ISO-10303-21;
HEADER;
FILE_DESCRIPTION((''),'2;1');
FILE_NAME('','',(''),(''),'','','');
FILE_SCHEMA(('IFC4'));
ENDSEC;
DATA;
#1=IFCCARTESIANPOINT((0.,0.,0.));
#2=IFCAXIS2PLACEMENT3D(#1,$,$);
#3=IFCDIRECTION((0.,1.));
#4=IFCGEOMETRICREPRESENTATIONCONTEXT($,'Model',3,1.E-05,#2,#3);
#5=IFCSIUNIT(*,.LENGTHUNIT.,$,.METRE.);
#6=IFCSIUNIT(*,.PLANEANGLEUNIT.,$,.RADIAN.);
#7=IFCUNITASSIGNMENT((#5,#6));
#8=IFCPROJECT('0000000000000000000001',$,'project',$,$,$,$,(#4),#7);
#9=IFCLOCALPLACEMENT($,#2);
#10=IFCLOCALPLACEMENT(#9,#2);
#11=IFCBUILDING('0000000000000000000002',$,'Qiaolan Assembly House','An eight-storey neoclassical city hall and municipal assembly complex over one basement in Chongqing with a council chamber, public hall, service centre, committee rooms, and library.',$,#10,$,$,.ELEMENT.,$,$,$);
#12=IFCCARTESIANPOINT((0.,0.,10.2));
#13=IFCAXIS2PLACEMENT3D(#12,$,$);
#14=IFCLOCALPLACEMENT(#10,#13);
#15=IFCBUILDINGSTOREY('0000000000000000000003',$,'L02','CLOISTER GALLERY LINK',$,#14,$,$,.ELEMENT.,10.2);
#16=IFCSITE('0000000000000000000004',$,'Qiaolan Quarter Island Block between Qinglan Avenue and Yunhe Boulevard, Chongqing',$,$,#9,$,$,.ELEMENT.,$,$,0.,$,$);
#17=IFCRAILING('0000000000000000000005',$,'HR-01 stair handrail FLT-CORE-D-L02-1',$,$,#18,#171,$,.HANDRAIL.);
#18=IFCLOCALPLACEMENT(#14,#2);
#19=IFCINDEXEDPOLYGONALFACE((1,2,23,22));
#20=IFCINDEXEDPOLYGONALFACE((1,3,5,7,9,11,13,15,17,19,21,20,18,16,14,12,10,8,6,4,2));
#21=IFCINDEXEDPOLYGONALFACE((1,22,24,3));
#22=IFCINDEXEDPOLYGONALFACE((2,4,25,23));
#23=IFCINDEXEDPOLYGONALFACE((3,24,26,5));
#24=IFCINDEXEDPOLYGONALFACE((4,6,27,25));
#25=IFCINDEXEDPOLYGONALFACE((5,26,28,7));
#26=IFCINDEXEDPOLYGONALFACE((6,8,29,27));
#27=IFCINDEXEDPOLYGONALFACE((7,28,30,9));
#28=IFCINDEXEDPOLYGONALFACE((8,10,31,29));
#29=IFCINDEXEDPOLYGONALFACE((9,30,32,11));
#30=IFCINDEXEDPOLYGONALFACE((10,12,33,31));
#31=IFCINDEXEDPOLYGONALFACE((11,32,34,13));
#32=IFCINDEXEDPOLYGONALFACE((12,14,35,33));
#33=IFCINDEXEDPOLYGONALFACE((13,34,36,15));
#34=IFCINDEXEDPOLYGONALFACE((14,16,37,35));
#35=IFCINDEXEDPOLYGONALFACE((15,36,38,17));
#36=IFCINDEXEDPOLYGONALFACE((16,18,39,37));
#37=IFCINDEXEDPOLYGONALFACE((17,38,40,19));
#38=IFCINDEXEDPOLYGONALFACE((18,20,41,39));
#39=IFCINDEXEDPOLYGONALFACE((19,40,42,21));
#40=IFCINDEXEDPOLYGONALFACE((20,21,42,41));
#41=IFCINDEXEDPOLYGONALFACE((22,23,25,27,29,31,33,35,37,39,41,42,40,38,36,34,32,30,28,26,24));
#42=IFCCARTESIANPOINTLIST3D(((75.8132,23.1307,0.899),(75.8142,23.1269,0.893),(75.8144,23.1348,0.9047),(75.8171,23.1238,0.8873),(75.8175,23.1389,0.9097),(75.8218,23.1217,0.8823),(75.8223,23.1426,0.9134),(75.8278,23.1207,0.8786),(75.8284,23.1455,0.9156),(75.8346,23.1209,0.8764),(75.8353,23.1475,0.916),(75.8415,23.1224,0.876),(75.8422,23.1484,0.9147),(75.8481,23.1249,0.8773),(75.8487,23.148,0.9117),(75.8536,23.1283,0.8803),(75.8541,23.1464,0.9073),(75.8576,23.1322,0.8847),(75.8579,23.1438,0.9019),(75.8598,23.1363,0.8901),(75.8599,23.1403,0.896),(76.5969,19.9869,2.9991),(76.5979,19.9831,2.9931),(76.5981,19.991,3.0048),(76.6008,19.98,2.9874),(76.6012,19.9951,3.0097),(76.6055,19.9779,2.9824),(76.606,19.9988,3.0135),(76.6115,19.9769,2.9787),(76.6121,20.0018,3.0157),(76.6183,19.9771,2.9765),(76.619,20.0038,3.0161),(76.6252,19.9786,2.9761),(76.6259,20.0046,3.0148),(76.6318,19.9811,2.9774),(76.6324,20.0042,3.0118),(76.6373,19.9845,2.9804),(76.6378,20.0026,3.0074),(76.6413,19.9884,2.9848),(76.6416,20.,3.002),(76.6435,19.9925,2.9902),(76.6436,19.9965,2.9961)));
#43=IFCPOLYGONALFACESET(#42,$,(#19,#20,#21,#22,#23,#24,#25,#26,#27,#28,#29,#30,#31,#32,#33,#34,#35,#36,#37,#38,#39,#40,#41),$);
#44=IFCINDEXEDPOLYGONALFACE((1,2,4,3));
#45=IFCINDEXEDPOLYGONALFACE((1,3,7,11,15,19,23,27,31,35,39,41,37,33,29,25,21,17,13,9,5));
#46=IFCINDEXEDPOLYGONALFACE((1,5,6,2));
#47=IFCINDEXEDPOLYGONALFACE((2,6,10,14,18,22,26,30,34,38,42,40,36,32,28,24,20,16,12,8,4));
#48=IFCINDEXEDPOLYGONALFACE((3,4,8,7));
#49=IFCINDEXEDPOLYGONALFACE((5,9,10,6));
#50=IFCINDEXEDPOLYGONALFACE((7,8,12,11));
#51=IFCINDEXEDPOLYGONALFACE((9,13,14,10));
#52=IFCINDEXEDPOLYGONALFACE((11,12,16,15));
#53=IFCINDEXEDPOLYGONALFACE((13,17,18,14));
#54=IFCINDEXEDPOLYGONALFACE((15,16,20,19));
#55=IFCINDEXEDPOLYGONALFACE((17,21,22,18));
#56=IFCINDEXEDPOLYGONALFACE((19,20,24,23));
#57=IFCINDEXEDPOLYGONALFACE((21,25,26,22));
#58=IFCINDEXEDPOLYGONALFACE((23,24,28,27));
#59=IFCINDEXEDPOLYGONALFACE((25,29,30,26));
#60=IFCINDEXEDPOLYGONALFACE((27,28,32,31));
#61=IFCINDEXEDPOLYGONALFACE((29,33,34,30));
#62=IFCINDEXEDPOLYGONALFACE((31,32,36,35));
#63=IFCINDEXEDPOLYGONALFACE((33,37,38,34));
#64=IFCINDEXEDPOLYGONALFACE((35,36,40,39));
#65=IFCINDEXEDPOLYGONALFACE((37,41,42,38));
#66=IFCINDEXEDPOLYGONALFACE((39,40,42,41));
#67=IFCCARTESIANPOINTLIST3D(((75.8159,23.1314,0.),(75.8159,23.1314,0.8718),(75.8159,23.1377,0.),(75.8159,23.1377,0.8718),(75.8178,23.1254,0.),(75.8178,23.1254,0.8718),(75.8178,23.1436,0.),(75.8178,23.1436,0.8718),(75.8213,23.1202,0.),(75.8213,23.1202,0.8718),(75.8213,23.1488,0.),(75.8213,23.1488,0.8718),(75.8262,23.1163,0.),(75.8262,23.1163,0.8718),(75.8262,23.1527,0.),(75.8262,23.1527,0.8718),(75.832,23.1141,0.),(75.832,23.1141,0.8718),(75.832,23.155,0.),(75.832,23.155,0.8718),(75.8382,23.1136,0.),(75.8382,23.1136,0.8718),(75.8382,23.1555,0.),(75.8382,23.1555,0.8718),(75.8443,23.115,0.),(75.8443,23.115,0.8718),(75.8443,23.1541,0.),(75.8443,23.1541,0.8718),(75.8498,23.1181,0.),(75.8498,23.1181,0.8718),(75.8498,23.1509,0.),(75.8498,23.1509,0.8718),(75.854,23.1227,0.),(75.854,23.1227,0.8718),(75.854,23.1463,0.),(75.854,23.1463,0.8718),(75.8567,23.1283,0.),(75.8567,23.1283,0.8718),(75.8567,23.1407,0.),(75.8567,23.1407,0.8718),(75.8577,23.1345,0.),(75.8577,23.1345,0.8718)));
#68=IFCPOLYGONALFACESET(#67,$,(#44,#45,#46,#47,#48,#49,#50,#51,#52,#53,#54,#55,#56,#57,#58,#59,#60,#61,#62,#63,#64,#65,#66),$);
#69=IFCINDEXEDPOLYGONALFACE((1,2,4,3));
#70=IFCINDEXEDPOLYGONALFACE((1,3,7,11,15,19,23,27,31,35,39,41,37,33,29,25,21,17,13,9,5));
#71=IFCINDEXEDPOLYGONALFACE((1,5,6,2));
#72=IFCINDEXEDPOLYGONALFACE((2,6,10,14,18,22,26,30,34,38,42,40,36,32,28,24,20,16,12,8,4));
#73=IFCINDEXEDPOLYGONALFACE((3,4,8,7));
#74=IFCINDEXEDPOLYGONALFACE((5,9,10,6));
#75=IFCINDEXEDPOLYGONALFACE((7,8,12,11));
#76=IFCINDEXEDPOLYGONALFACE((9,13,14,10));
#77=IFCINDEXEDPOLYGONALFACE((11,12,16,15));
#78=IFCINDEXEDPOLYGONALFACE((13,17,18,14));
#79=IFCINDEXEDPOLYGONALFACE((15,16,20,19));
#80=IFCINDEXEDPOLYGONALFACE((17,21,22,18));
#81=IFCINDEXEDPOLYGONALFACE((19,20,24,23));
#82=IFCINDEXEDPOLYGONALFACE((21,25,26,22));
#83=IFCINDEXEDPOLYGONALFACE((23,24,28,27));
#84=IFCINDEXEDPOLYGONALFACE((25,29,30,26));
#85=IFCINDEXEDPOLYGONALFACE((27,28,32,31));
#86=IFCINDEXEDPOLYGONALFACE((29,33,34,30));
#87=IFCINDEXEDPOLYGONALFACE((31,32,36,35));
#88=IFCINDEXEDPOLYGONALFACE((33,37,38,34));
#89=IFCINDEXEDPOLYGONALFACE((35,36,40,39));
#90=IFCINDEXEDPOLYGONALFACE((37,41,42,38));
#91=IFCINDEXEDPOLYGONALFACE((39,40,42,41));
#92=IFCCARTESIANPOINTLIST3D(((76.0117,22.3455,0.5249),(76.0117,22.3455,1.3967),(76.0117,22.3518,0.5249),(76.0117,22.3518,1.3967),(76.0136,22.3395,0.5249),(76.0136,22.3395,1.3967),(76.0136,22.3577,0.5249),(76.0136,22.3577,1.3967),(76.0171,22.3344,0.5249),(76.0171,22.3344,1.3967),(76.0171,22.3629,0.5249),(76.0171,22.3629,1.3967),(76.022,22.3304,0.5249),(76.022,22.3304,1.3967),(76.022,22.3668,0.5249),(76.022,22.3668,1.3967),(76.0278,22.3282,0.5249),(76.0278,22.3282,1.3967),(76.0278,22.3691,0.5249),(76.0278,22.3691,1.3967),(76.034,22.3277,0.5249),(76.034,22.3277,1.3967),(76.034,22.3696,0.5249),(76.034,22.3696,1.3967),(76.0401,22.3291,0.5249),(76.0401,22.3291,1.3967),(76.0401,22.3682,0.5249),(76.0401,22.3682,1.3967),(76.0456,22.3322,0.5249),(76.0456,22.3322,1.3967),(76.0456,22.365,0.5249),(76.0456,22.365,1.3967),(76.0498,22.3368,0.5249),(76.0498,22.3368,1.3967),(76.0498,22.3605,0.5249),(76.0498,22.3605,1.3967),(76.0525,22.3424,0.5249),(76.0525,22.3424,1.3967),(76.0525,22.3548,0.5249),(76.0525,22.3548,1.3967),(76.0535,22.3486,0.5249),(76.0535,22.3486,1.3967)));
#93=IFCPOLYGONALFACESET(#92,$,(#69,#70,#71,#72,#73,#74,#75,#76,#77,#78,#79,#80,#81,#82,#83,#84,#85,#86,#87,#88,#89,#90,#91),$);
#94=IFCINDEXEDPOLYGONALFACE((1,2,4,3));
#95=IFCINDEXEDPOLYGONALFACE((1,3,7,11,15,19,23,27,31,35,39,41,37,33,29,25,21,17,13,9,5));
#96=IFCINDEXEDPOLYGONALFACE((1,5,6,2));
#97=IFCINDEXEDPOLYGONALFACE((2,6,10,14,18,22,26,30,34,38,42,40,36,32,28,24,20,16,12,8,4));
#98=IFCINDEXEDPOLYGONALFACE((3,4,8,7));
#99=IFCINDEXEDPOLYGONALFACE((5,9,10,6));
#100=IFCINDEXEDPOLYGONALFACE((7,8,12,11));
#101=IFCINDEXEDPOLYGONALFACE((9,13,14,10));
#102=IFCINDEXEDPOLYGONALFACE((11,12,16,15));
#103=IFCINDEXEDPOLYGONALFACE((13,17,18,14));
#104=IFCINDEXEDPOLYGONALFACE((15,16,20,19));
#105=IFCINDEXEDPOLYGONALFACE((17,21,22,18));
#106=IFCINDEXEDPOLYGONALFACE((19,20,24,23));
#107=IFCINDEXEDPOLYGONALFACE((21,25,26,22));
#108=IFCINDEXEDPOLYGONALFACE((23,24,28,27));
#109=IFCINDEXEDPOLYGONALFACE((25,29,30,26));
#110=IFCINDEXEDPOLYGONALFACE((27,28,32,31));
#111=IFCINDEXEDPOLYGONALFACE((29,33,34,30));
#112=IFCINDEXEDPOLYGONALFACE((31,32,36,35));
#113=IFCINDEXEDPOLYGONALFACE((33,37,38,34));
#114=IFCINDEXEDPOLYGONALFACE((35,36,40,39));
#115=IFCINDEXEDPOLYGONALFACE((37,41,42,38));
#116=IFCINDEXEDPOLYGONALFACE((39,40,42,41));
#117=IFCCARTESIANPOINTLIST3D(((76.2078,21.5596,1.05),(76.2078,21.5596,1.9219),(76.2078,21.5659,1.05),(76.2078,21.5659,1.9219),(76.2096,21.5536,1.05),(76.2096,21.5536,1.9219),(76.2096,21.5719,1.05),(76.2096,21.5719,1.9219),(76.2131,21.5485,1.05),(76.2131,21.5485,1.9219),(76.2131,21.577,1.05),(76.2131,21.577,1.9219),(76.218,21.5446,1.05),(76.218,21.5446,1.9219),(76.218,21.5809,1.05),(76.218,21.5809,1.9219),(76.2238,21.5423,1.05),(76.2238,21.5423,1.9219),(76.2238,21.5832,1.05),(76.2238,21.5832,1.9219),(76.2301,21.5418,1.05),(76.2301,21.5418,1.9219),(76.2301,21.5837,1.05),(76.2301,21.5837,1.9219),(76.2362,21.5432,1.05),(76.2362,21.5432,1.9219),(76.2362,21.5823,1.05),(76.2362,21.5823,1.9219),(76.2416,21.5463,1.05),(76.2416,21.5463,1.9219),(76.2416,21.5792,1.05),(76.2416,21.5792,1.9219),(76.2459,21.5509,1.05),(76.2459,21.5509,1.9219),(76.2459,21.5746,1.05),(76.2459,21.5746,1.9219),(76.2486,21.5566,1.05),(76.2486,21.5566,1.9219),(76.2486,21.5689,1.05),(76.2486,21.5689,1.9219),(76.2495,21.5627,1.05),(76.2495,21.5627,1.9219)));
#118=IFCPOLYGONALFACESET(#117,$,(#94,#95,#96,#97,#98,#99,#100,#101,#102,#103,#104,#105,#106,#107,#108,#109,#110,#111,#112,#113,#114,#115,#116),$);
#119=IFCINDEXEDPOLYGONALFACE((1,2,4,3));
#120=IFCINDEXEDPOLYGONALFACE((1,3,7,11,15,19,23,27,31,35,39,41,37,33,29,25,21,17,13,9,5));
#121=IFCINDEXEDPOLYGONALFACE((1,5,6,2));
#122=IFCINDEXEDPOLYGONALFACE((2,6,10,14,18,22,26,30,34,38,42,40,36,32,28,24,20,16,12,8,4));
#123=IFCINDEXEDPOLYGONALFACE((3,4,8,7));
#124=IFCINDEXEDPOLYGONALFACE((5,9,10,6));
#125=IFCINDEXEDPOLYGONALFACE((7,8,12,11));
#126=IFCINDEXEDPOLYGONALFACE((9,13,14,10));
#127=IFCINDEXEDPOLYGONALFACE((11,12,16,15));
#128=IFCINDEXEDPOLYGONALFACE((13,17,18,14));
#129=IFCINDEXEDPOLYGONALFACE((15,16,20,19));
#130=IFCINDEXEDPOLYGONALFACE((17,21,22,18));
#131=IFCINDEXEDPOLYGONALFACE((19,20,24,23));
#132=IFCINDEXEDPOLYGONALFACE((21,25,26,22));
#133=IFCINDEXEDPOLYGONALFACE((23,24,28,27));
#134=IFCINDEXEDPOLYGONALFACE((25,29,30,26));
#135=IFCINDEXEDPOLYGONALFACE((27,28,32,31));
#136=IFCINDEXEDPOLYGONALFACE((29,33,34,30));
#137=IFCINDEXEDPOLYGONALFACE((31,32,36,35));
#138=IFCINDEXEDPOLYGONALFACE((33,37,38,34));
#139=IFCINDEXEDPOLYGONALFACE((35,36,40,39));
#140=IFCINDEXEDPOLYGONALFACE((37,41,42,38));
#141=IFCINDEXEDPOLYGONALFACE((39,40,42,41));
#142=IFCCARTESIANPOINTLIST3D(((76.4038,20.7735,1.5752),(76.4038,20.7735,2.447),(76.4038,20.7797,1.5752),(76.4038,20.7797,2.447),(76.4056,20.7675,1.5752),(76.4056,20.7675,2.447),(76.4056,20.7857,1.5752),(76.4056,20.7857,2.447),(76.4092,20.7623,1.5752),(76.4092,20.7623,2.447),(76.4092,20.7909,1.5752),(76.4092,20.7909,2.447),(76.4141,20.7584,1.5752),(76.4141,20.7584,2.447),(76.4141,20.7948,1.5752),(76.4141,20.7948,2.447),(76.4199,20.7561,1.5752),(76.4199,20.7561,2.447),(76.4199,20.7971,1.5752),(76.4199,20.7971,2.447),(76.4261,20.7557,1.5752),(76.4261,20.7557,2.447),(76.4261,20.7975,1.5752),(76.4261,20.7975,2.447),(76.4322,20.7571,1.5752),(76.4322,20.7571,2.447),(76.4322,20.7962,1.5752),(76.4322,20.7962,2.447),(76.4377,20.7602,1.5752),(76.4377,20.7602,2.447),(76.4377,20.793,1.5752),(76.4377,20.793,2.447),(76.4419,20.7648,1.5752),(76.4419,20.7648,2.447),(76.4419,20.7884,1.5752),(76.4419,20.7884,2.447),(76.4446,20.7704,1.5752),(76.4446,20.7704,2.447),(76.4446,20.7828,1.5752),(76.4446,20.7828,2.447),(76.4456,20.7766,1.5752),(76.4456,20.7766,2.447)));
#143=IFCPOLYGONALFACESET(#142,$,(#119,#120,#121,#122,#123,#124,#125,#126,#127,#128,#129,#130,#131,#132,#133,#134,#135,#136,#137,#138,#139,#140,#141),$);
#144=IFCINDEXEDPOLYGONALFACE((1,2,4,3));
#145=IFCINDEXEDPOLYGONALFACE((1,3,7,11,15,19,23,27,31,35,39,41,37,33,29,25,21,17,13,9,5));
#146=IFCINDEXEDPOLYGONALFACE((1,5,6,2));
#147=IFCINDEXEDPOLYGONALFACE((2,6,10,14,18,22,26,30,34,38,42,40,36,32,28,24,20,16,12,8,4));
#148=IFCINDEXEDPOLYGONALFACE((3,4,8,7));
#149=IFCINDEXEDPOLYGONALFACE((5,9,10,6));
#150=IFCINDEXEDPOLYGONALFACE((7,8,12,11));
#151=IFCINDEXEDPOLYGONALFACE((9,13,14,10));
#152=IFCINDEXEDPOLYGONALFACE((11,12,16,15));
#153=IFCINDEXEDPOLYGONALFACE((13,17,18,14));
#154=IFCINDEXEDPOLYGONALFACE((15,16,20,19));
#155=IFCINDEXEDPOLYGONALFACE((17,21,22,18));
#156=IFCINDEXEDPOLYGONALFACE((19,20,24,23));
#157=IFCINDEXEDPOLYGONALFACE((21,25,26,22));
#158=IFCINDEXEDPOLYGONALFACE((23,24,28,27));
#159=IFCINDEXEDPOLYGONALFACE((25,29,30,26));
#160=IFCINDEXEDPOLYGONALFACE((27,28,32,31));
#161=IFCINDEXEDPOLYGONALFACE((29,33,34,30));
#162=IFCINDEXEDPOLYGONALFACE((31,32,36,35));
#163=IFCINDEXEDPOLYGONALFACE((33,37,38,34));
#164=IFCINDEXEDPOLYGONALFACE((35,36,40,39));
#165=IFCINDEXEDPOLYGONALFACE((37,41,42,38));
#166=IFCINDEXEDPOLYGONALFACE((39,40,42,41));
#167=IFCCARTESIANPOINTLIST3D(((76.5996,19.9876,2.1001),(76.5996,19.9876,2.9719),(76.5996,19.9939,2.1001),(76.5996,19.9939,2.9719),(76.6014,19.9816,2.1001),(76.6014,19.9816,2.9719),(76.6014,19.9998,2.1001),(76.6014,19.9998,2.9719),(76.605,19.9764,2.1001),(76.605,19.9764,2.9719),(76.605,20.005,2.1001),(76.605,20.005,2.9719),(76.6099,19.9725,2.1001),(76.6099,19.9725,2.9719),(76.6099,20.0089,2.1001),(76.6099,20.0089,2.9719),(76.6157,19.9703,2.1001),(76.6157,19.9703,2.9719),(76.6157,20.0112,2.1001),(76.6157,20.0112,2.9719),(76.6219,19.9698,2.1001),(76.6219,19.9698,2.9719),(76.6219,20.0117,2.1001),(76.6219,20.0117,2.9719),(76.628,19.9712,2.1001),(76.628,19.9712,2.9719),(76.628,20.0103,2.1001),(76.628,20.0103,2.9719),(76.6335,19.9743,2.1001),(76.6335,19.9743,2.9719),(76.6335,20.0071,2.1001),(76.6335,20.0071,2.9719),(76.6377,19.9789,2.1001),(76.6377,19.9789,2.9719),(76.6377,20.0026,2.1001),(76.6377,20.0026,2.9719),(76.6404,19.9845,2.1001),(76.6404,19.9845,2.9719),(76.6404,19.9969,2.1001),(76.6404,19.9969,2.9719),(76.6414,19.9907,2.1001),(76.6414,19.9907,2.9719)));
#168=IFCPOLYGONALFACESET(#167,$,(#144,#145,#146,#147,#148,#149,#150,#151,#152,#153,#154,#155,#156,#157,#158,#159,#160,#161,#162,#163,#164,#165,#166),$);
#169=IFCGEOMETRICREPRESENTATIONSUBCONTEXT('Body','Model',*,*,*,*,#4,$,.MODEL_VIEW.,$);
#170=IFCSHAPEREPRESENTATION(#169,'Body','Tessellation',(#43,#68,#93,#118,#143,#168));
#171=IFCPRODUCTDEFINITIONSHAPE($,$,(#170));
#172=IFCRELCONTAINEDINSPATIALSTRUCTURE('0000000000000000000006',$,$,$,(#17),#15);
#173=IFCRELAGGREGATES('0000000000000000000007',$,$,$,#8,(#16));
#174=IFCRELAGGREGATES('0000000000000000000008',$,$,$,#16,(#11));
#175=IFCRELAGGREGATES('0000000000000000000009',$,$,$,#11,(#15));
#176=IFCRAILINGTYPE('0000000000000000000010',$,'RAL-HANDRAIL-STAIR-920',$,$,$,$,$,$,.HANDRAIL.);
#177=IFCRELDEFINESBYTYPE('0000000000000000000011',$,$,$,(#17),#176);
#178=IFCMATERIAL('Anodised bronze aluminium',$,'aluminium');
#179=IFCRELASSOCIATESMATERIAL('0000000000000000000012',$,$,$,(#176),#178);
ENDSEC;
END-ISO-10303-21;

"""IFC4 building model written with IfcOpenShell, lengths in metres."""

from ifc_helpers import new_model, si_unit, direction, frame, origin, origin_2d, place, context, subcontext, project, spatial, circle, extrude, material, type_object, element, save


model = new_model("IFC4")

# Units and contexts
model_context = context("Model", 3, precision=1e-05, world=origin(), true_north=direction((0.0, 1.0)))
body_context = subcontext(model_context, "Body", "Model", "MODEL_VIEW")
ifc_project = project(units=[si_unit("LENGTHUNIT", "METRE"), si_unit("PLANEANGLEUNIT", "RADIAN")], contexts=[model_context])

# Site, building, storey
site_placement = place(None, origin())
site = spatial("IfcSite", under=ifc_project, at=site_placement, Name="Qiaolan Quarter Island Block between Qinglan Avenue and Yunhe Boulevard, Chongqing", CompositionType="ELEMENT", RefElevation=0.0)
building_placement = place(site_placement, origin())
building = spatial("IfcBuilding", under=site, at=building_placement, Name="Qiaolan Assembly House", Description="An eight-storey neoclassical city hall and municipal assembly complex over one basement in Chongqing with a council chamber, public hall, service centre, committee rooms, and library.", CompositionType="ELEMENT")
storey_placement = place(building_placement, frame((0.0, 0.0, 10.2)))
storey = spatial("IfcBuildingStorey", under=building, at=storey_placement, Name="L02", Description="CLOISTER GALLERY LINK", CompositionType="ELEMENT", Elevation=10.2)

# Railing
ifc_material_1 = material(Name="Anodised bronze aluminium", Category="aluminium")
railing_type_1 = type_object("IfcRailingType", Name="RAL-HANDRAIL-STAIR-920", PredefinedType="HANDRAIL", material=ifc_material_1)
railing_1_placement = place(storey_placement, frame((75.8367, 23.1345, 0.0)))
element("IfcRailing", 1, at=railing_1_placement, inside=storey, type_object=railing_type_1, Name="HR-01 stair handrail FLT-CORE-D-L02-1", PredefinedType="HANDRAIL", context=body_context, shape_type="SweptSolid", body=[
    extrude(circle(Radius=0.0239, at=origin_2d()), frame((0.0, 0.0, 0.896), z_axis=(0.202971, -0.814225, 0.543912), x_axis=(0.970306, 0.24188, 0.0)), (0.0, 0.0, 1.0), 3.8611),
    extrude(circle(Radius=0.021, at=origin_2d()), origin(), (0.0, 0.0, 1.0), 0.8718),
    extrude(circle(Radius=0.021, at=origin_2d()), frame((0.1958, -0.7859, 0.5249)), (0.0, 0.0, 1.0), 0.8718),
    extrude(circle(Radius=0.021, at=origin_2d()), frame((0.3918, -1.5718, 1.05)), (0.0, 0.0, 1.0), 0.8718),
    extrude(circle(Radius=0.021, at=origin_2d()), frame((0.5879, -2.3579, 1.5752)), (0.0, 0.0, 1.0), 0.8718),
    extrude(circle(Radius=0.021, at=origin_2d()), frame((0.7837, -3.1438, 2.1001)), (0.0, 0.0, 1.0), 0.8718),
])

save(model, "model.ifc")
